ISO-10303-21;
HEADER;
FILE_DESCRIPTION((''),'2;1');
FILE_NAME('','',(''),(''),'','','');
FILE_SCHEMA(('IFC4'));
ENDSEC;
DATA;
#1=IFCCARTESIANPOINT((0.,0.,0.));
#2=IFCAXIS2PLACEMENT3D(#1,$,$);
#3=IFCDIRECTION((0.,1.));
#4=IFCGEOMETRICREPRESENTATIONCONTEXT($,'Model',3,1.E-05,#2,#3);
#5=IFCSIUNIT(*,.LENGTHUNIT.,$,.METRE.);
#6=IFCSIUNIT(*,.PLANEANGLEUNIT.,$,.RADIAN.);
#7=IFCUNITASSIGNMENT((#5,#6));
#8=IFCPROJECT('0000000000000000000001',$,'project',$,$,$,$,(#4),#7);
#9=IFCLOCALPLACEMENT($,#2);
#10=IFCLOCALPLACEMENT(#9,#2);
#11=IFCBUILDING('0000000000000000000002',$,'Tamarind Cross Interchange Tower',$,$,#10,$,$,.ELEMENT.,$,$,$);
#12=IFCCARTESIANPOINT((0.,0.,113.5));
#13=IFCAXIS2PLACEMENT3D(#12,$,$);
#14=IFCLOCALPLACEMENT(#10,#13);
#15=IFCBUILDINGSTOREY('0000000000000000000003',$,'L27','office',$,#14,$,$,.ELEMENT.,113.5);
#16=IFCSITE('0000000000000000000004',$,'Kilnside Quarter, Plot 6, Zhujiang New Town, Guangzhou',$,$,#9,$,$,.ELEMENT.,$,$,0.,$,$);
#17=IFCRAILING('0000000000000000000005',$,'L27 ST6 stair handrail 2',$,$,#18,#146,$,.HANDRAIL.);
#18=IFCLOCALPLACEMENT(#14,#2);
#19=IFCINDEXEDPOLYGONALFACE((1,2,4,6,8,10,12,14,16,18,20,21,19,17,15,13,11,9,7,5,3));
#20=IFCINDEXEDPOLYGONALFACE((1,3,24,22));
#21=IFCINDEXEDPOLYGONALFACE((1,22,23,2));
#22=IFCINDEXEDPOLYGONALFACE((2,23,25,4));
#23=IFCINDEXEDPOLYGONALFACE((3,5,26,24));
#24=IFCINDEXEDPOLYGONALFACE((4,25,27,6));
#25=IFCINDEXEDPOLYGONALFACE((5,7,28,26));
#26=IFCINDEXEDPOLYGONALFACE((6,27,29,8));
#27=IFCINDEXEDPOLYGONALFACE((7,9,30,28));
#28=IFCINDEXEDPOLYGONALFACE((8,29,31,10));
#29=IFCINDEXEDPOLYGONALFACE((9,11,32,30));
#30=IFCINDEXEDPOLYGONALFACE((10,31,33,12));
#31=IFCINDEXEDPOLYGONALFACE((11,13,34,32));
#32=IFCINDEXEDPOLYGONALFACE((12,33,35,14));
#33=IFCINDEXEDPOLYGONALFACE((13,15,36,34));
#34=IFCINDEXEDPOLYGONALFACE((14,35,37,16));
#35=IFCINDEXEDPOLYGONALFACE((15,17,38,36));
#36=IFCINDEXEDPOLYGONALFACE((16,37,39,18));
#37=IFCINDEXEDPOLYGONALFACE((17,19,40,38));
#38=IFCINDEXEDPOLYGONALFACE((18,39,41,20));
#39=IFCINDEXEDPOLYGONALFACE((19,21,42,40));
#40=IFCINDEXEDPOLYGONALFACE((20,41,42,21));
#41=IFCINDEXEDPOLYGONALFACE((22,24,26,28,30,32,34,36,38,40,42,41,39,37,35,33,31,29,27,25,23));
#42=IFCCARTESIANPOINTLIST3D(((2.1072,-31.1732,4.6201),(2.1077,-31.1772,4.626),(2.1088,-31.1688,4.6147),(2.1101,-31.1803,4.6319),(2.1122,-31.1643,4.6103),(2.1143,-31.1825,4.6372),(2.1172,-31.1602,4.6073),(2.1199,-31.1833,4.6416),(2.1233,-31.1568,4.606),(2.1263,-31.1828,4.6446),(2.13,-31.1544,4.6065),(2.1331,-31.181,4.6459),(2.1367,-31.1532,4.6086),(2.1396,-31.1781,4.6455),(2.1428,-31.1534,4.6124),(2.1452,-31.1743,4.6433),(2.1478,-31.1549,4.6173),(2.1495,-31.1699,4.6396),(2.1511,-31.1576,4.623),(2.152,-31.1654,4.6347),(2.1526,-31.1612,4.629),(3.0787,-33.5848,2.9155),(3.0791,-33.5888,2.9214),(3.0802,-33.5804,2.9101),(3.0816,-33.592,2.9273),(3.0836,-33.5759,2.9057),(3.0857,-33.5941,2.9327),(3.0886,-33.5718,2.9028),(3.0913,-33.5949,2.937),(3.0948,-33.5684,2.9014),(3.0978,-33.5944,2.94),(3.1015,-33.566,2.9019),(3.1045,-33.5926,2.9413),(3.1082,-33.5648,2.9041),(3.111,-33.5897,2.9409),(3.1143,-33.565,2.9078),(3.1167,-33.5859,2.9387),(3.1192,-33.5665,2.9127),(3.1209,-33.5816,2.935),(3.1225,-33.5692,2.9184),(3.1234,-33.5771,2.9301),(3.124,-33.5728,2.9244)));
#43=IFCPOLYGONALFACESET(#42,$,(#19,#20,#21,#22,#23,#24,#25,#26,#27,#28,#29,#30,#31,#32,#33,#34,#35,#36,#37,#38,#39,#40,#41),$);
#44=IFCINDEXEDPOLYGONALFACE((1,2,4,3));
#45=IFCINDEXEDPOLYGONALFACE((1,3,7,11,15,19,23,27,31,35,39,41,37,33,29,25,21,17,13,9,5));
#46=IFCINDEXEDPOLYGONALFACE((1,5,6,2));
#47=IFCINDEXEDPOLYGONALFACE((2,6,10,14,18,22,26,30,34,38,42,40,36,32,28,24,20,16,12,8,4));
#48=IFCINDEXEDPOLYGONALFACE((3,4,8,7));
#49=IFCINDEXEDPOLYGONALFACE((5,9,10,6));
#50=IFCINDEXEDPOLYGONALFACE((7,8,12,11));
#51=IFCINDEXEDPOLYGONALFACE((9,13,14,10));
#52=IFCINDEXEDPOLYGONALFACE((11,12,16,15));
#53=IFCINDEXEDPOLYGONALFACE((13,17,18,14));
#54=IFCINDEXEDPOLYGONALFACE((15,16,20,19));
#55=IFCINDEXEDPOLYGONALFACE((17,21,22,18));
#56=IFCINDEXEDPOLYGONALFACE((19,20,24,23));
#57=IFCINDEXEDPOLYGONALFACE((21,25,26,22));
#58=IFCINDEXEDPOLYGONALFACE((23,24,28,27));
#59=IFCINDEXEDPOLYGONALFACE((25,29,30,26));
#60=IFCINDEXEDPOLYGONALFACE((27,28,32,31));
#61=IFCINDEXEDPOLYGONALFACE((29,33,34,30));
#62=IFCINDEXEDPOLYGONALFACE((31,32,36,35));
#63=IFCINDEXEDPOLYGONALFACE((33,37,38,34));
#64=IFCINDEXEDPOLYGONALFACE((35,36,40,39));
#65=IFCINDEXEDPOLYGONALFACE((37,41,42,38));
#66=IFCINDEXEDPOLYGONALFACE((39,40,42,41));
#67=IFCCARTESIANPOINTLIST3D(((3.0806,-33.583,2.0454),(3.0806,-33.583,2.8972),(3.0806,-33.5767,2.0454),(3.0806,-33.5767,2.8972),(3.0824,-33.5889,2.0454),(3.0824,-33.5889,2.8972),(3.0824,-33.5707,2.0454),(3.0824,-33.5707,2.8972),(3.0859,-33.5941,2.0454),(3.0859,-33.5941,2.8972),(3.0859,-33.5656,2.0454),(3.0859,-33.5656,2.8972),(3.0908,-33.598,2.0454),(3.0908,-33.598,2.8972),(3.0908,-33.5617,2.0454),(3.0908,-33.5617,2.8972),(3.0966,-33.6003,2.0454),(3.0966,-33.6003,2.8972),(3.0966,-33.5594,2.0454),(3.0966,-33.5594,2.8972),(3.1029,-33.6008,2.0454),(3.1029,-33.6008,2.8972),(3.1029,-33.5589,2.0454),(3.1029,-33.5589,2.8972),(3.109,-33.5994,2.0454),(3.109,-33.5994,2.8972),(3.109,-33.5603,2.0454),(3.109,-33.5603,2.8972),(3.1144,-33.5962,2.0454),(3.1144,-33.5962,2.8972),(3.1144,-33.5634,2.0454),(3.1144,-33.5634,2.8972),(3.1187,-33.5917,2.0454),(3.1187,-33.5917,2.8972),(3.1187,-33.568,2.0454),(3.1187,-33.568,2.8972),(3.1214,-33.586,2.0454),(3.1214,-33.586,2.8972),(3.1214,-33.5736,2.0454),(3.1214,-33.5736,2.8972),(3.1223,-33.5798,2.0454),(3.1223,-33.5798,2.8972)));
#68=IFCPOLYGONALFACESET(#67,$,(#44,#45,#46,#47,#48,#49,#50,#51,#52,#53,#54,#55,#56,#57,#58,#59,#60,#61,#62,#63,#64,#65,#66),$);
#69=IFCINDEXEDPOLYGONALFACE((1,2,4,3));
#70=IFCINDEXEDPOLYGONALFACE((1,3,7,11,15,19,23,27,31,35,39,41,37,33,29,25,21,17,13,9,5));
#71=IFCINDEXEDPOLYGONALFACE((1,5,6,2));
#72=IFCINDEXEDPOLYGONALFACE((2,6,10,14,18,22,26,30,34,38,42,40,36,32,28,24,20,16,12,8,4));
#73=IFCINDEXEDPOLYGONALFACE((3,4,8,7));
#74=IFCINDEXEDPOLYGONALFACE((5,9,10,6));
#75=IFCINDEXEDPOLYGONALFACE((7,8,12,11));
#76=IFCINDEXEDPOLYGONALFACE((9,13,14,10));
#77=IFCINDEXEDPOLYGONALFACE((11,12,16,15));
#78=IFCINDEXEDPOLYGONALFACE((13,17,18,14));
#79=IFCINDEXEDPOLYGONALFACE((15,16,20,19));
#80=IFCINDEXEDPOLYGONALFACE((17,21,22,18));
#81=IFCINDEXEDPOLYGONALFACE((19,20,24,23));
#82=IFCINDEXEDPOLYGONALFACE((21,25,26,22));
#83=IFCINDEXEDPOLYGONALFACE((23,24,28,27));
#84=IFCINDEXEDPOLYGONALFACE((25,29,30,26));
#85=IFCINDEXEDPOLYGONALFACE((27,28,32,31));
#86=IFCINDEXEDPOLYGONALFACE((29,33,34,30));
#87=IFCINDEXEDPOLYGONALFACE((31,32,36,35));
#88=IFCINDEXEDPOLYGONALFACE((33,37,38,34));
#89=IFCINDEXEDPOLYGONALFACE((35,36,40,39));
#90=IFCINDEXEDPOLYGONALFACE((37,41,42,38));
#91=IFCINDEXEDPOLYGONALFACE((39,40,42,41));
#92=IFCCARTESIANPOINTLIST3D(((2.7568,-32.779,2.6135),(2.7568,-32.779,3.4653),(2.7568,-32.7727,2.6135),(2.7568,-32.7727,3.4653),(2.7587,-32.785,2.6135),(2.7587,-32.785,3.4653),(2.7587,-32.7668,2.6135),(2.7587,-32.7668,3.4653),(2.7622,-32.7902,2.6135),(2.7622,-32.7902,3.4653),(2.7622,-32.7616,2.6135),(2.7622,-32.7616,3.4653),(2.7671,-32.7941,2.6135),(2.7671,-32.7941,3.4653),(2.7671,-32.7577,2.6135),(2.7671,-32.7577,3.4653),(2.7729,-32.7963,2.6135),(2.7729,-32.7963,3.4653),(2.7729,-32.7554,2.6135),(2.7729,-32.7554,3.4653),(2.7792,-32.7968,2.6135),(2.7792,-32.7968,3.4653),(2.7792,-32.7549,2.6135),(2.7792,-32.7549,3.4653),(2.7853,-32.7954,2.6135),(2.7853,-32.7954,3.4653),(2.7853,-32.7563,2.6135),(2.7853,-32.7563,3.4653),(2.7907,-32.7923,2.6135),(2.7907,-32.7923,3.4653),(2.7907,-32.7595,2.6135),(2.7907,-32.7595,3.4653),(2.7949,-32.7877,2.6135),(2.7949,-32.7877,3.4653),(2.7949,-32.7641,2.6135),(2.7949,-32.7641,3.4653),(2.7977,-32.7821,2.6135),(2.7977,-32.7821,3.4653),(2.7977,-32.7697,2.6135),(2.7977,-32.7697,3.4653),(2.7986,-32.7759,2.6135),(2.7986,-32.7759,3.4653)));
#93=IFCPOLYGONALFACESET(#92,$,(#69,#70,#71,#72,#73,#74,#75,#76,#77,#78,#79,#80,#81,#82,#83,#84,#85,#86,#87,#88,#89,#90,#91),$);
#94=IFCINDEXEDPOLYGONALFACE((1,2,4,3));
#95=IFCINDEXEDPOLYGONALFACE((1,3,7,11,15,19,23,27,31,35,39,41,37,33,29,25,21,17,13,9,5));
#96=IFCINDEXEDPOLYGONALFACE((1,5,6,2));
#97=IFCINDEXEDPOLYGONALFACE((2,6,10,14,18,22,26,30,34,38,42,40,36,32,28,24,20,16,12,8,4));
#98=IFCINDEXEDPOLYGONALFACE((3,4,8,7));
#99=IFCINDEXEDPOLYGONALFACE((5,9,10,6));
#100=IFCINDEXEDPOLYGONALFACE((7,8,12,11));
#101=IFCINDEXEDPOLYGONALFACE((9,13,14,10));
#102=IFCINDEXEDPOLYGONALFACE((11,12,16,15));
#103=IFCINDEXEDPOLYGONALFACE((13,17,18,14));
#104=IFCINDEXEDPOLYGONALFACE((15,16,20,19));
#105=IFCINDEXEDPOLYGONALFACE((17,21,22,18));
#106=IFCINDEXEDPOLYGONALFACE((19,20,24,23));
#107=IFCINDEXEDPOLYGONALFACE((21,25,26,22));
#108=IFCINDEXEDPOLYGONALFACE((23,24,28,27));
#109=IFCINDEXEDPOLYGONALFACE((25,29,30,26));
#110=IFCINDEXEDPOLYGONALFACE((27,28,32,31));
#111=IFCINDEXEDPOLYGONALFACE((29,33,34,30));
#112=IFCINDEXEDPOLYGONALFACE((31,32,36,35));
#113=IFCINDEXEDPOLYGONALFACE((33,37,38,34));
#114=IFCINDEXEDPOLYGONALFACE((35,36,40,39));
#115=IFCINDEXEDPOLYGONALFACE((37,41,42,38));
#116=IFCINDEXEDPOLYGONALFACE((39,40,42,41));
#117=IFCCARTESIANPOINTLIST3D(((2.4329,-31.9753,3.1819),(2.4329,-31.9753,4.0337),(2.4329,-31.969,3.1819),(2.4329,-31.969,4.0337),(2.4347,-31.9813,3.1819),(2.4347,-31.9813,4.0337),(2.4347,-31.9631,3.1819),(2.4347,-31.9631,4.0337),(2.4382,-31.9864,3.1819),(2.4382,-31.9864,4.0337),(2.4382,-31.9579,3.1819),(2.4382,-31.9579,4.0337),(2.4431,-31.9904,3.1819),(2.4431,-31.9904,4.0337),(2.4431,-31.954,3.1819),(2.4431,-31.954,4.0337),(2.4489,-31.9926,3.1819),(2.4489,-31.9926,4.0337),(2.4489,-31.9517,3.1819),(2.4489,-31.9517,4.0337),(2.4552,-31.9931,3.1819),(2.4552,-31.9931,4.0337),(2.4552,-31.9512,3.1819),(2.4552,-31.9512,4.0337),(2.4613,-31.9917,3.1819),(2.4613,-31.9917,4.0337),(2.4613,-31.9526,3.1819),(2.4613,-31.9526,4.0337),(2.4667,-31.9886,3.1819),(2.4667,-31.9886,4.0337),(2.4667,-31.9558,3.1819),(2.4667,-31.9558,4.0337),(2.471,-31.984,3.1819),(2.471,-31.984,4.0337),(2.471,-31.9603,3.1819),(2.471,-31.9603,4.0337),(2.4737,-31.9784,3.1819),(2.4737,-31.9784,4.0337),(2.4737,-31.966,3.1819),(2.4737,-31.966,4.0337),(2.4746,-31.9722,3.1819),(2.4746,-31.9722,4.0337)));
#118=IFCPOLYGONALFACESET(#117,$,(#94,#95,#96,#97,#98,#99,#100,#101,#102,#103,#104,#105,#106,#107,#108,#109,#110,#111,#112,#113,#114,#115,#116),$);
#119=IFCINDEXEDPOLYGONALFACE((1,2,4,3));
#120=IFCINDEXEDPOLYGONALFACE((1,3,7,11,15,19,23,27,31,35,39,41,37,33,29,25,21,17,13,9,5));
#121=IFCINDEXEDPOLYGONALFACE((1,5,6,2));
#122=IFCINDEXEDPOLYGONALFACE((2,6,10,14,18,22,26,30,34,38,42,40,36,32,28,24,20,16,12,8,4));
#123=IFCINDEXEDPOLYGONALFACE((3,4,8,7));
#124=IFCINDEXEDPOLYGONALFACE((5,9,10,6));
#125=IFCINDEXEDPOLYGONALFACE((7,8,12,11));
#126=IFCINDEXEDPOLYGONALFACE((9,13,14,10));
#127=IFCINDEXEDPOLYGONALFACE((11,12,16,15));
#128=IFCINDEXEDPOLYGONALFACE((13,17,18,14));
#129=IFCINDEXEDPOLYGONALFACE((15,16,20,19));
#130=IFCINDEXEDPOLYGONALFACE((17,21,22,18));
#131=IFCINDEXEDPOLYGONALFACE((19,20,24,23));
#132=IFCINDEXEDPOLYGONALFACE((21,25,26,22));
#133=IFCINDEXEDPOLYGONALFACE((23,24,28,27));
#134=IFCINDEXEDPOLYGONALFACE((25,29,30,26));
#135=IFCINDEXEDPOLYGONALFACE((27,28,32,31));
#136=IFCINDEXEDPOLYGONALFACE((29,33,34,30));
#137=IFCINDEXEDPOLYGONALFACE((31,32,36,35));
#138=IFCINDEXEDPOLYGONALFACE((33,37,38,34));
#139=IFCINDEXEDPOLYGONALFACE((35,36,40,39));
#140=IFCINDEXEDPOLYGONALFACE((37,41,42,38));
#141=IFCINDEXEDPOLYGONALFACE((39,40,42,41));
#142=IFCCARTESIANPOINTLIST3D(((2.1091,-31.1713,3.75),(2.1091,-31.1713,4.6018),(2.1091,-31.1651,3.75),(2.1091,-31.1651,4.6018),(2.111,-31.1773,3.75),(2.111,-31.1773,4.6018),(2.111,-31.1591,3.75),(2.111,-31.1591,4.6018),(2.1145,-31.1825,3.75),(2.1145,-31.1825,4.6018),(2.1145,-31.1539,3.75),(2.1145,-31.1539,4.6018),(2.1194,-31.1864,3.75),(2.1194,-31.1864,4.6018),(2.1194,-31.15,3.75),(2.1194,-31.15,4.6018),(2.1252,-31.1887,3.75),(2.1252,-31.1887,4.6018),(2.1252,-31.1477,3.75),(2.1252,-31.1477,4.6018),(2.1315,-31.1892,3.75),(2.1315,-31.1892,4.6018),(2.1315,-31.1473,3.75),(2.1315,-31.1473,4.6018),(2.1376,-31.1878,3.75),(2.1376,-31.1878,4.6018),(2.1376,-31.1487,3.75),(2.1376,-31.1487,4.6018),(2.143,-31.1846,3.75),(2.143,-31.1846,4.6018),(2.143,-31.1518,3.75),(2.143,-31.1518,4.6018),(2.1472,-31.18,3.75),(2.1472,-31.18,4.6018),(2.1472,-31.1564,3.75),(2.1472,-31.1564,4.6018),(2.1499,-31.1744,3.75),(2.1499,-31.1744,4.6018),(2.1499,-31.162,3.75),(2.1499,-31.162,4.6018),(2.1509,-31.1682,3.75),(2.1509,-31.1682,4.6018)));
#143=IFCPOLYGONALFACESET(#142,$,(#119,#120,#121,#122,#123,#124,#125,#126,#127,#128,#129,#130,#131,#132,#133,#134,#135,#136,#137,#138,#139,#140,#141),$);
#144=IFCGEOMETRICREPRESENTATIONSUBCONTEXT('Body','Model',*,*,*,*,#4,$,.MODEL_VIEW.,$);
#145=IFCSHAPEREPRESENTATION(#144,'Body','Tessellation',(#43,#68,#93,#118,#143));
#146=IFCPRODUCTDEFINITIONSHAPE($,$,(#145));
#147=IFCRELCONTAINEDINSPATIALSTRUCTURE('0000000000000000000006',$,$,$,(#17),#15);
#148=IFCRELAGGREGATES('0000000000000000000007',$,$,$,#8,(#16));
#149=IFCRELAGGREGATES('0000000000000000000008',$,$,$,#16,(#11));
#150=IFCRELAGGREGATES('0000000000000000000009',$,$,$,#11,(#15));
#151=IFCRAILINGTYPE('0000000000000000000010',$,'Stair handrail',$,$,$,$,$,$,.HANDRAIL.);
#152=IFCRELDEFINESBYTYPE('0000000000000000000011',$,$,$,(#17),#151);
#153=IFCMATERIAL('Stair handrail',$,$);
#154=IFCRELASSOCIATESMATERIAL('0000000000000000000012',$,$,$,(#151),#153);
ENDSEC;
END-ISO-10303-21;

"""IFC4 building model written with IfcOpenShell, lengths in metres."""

from ifc_helpers import new_model, si_unit, direction, frame, origin, origin_2d, place, context, subcontext, project, spatial, circle, extrude, material, type_object, element, save


model = new_model("IFC4")

# Units and contexts
model_context = context("Model", 3, precision=1e-05, world=origin(), true_north=direction((0.0, 1.0)))
body_context = subcontext(model_context, "Body", "Model", "MODEL_VIEW")
ifc_project = project(units=[si_unit("LENGTHUNIT", "METRE"), si_unit("PLANEANGLEUNIT", "RADIAN")], contexts=[model_context])

# Site, building, storey
site_placement = place(None, origin())
site = spatial("IfcSite", under=ifc_project, at=site_placement, Name="Kilnside Quarter, Plot 6, Zhujiang New Town, Guangzhou", CompositionType="ELEMENT", RefElevation=0.0)
building_placement = place(site_placement, origin())
building = spatial("IfcBuilding", under=site, at=building_placement, Name="Tamarind Cross Interchange Tower", CompositionType="ELEMENT")
storey_placement = place(building_placement, frame((0.0, 0.0, 113.5)))
storey = spatial("IfcBuildingStorey", under=building, at=storey_placement, Name="L27", Description="office", CompositionType="ELEMENT", Elevation=113.5)

# Railing
ifc_material_1 = material(Name="Stair handrail")
railing_type_1 = type_object("IfcRailingType", Name="Stair handrail", PredefinedType="HANDRAIL", material=ifc_material_1)
railing_1_placement = place(storey_placement, frame((3.1013, -33.5798, 2.0454)))
element("IfcRailing", 1, at=railing_1_placement, inside=storey, type_object=railing_type_1, Name="L27 ST6 stair handrail 2", PredefinedType="HANDRAIL", context=body_context, shape_type="SweptSolid", body=[
    extrude(circle(Radius=0.0239, at=origin_2d()), frame((0.0, 0.0, 0.876), z_axis=(-0.31247, 0.775716, 0.548294), x_axis=(-0.927574, -0.37364, 0.0)), (0.0, 0.0, 1.0), 3.1089),
    extrude(circle(Radius=0.021, at=origin_2d()), origin(), (0.0, 0.0, 1.0), 0.8518),
    extrude(circle(Radius=0.021, at=origin_2d()), frame((-0.3237, 0.804, 0.5681)), (0.0, 0.0, 1.0), 0.8518),
    extrude(circle(Radius=0.021, at=origin_2d()), frame((-0.6477, 1.6077, 1.1365)), (0.0, 0.0, 1.0), 0.8518),
    extrude(circle(Radius=0.021, at=origin_2d()), frame((-0.9714, 2.4116, 1.7046)), (0.0, 0.0, 1.0), 0.8518),
])

save(model, "model.ifc")
